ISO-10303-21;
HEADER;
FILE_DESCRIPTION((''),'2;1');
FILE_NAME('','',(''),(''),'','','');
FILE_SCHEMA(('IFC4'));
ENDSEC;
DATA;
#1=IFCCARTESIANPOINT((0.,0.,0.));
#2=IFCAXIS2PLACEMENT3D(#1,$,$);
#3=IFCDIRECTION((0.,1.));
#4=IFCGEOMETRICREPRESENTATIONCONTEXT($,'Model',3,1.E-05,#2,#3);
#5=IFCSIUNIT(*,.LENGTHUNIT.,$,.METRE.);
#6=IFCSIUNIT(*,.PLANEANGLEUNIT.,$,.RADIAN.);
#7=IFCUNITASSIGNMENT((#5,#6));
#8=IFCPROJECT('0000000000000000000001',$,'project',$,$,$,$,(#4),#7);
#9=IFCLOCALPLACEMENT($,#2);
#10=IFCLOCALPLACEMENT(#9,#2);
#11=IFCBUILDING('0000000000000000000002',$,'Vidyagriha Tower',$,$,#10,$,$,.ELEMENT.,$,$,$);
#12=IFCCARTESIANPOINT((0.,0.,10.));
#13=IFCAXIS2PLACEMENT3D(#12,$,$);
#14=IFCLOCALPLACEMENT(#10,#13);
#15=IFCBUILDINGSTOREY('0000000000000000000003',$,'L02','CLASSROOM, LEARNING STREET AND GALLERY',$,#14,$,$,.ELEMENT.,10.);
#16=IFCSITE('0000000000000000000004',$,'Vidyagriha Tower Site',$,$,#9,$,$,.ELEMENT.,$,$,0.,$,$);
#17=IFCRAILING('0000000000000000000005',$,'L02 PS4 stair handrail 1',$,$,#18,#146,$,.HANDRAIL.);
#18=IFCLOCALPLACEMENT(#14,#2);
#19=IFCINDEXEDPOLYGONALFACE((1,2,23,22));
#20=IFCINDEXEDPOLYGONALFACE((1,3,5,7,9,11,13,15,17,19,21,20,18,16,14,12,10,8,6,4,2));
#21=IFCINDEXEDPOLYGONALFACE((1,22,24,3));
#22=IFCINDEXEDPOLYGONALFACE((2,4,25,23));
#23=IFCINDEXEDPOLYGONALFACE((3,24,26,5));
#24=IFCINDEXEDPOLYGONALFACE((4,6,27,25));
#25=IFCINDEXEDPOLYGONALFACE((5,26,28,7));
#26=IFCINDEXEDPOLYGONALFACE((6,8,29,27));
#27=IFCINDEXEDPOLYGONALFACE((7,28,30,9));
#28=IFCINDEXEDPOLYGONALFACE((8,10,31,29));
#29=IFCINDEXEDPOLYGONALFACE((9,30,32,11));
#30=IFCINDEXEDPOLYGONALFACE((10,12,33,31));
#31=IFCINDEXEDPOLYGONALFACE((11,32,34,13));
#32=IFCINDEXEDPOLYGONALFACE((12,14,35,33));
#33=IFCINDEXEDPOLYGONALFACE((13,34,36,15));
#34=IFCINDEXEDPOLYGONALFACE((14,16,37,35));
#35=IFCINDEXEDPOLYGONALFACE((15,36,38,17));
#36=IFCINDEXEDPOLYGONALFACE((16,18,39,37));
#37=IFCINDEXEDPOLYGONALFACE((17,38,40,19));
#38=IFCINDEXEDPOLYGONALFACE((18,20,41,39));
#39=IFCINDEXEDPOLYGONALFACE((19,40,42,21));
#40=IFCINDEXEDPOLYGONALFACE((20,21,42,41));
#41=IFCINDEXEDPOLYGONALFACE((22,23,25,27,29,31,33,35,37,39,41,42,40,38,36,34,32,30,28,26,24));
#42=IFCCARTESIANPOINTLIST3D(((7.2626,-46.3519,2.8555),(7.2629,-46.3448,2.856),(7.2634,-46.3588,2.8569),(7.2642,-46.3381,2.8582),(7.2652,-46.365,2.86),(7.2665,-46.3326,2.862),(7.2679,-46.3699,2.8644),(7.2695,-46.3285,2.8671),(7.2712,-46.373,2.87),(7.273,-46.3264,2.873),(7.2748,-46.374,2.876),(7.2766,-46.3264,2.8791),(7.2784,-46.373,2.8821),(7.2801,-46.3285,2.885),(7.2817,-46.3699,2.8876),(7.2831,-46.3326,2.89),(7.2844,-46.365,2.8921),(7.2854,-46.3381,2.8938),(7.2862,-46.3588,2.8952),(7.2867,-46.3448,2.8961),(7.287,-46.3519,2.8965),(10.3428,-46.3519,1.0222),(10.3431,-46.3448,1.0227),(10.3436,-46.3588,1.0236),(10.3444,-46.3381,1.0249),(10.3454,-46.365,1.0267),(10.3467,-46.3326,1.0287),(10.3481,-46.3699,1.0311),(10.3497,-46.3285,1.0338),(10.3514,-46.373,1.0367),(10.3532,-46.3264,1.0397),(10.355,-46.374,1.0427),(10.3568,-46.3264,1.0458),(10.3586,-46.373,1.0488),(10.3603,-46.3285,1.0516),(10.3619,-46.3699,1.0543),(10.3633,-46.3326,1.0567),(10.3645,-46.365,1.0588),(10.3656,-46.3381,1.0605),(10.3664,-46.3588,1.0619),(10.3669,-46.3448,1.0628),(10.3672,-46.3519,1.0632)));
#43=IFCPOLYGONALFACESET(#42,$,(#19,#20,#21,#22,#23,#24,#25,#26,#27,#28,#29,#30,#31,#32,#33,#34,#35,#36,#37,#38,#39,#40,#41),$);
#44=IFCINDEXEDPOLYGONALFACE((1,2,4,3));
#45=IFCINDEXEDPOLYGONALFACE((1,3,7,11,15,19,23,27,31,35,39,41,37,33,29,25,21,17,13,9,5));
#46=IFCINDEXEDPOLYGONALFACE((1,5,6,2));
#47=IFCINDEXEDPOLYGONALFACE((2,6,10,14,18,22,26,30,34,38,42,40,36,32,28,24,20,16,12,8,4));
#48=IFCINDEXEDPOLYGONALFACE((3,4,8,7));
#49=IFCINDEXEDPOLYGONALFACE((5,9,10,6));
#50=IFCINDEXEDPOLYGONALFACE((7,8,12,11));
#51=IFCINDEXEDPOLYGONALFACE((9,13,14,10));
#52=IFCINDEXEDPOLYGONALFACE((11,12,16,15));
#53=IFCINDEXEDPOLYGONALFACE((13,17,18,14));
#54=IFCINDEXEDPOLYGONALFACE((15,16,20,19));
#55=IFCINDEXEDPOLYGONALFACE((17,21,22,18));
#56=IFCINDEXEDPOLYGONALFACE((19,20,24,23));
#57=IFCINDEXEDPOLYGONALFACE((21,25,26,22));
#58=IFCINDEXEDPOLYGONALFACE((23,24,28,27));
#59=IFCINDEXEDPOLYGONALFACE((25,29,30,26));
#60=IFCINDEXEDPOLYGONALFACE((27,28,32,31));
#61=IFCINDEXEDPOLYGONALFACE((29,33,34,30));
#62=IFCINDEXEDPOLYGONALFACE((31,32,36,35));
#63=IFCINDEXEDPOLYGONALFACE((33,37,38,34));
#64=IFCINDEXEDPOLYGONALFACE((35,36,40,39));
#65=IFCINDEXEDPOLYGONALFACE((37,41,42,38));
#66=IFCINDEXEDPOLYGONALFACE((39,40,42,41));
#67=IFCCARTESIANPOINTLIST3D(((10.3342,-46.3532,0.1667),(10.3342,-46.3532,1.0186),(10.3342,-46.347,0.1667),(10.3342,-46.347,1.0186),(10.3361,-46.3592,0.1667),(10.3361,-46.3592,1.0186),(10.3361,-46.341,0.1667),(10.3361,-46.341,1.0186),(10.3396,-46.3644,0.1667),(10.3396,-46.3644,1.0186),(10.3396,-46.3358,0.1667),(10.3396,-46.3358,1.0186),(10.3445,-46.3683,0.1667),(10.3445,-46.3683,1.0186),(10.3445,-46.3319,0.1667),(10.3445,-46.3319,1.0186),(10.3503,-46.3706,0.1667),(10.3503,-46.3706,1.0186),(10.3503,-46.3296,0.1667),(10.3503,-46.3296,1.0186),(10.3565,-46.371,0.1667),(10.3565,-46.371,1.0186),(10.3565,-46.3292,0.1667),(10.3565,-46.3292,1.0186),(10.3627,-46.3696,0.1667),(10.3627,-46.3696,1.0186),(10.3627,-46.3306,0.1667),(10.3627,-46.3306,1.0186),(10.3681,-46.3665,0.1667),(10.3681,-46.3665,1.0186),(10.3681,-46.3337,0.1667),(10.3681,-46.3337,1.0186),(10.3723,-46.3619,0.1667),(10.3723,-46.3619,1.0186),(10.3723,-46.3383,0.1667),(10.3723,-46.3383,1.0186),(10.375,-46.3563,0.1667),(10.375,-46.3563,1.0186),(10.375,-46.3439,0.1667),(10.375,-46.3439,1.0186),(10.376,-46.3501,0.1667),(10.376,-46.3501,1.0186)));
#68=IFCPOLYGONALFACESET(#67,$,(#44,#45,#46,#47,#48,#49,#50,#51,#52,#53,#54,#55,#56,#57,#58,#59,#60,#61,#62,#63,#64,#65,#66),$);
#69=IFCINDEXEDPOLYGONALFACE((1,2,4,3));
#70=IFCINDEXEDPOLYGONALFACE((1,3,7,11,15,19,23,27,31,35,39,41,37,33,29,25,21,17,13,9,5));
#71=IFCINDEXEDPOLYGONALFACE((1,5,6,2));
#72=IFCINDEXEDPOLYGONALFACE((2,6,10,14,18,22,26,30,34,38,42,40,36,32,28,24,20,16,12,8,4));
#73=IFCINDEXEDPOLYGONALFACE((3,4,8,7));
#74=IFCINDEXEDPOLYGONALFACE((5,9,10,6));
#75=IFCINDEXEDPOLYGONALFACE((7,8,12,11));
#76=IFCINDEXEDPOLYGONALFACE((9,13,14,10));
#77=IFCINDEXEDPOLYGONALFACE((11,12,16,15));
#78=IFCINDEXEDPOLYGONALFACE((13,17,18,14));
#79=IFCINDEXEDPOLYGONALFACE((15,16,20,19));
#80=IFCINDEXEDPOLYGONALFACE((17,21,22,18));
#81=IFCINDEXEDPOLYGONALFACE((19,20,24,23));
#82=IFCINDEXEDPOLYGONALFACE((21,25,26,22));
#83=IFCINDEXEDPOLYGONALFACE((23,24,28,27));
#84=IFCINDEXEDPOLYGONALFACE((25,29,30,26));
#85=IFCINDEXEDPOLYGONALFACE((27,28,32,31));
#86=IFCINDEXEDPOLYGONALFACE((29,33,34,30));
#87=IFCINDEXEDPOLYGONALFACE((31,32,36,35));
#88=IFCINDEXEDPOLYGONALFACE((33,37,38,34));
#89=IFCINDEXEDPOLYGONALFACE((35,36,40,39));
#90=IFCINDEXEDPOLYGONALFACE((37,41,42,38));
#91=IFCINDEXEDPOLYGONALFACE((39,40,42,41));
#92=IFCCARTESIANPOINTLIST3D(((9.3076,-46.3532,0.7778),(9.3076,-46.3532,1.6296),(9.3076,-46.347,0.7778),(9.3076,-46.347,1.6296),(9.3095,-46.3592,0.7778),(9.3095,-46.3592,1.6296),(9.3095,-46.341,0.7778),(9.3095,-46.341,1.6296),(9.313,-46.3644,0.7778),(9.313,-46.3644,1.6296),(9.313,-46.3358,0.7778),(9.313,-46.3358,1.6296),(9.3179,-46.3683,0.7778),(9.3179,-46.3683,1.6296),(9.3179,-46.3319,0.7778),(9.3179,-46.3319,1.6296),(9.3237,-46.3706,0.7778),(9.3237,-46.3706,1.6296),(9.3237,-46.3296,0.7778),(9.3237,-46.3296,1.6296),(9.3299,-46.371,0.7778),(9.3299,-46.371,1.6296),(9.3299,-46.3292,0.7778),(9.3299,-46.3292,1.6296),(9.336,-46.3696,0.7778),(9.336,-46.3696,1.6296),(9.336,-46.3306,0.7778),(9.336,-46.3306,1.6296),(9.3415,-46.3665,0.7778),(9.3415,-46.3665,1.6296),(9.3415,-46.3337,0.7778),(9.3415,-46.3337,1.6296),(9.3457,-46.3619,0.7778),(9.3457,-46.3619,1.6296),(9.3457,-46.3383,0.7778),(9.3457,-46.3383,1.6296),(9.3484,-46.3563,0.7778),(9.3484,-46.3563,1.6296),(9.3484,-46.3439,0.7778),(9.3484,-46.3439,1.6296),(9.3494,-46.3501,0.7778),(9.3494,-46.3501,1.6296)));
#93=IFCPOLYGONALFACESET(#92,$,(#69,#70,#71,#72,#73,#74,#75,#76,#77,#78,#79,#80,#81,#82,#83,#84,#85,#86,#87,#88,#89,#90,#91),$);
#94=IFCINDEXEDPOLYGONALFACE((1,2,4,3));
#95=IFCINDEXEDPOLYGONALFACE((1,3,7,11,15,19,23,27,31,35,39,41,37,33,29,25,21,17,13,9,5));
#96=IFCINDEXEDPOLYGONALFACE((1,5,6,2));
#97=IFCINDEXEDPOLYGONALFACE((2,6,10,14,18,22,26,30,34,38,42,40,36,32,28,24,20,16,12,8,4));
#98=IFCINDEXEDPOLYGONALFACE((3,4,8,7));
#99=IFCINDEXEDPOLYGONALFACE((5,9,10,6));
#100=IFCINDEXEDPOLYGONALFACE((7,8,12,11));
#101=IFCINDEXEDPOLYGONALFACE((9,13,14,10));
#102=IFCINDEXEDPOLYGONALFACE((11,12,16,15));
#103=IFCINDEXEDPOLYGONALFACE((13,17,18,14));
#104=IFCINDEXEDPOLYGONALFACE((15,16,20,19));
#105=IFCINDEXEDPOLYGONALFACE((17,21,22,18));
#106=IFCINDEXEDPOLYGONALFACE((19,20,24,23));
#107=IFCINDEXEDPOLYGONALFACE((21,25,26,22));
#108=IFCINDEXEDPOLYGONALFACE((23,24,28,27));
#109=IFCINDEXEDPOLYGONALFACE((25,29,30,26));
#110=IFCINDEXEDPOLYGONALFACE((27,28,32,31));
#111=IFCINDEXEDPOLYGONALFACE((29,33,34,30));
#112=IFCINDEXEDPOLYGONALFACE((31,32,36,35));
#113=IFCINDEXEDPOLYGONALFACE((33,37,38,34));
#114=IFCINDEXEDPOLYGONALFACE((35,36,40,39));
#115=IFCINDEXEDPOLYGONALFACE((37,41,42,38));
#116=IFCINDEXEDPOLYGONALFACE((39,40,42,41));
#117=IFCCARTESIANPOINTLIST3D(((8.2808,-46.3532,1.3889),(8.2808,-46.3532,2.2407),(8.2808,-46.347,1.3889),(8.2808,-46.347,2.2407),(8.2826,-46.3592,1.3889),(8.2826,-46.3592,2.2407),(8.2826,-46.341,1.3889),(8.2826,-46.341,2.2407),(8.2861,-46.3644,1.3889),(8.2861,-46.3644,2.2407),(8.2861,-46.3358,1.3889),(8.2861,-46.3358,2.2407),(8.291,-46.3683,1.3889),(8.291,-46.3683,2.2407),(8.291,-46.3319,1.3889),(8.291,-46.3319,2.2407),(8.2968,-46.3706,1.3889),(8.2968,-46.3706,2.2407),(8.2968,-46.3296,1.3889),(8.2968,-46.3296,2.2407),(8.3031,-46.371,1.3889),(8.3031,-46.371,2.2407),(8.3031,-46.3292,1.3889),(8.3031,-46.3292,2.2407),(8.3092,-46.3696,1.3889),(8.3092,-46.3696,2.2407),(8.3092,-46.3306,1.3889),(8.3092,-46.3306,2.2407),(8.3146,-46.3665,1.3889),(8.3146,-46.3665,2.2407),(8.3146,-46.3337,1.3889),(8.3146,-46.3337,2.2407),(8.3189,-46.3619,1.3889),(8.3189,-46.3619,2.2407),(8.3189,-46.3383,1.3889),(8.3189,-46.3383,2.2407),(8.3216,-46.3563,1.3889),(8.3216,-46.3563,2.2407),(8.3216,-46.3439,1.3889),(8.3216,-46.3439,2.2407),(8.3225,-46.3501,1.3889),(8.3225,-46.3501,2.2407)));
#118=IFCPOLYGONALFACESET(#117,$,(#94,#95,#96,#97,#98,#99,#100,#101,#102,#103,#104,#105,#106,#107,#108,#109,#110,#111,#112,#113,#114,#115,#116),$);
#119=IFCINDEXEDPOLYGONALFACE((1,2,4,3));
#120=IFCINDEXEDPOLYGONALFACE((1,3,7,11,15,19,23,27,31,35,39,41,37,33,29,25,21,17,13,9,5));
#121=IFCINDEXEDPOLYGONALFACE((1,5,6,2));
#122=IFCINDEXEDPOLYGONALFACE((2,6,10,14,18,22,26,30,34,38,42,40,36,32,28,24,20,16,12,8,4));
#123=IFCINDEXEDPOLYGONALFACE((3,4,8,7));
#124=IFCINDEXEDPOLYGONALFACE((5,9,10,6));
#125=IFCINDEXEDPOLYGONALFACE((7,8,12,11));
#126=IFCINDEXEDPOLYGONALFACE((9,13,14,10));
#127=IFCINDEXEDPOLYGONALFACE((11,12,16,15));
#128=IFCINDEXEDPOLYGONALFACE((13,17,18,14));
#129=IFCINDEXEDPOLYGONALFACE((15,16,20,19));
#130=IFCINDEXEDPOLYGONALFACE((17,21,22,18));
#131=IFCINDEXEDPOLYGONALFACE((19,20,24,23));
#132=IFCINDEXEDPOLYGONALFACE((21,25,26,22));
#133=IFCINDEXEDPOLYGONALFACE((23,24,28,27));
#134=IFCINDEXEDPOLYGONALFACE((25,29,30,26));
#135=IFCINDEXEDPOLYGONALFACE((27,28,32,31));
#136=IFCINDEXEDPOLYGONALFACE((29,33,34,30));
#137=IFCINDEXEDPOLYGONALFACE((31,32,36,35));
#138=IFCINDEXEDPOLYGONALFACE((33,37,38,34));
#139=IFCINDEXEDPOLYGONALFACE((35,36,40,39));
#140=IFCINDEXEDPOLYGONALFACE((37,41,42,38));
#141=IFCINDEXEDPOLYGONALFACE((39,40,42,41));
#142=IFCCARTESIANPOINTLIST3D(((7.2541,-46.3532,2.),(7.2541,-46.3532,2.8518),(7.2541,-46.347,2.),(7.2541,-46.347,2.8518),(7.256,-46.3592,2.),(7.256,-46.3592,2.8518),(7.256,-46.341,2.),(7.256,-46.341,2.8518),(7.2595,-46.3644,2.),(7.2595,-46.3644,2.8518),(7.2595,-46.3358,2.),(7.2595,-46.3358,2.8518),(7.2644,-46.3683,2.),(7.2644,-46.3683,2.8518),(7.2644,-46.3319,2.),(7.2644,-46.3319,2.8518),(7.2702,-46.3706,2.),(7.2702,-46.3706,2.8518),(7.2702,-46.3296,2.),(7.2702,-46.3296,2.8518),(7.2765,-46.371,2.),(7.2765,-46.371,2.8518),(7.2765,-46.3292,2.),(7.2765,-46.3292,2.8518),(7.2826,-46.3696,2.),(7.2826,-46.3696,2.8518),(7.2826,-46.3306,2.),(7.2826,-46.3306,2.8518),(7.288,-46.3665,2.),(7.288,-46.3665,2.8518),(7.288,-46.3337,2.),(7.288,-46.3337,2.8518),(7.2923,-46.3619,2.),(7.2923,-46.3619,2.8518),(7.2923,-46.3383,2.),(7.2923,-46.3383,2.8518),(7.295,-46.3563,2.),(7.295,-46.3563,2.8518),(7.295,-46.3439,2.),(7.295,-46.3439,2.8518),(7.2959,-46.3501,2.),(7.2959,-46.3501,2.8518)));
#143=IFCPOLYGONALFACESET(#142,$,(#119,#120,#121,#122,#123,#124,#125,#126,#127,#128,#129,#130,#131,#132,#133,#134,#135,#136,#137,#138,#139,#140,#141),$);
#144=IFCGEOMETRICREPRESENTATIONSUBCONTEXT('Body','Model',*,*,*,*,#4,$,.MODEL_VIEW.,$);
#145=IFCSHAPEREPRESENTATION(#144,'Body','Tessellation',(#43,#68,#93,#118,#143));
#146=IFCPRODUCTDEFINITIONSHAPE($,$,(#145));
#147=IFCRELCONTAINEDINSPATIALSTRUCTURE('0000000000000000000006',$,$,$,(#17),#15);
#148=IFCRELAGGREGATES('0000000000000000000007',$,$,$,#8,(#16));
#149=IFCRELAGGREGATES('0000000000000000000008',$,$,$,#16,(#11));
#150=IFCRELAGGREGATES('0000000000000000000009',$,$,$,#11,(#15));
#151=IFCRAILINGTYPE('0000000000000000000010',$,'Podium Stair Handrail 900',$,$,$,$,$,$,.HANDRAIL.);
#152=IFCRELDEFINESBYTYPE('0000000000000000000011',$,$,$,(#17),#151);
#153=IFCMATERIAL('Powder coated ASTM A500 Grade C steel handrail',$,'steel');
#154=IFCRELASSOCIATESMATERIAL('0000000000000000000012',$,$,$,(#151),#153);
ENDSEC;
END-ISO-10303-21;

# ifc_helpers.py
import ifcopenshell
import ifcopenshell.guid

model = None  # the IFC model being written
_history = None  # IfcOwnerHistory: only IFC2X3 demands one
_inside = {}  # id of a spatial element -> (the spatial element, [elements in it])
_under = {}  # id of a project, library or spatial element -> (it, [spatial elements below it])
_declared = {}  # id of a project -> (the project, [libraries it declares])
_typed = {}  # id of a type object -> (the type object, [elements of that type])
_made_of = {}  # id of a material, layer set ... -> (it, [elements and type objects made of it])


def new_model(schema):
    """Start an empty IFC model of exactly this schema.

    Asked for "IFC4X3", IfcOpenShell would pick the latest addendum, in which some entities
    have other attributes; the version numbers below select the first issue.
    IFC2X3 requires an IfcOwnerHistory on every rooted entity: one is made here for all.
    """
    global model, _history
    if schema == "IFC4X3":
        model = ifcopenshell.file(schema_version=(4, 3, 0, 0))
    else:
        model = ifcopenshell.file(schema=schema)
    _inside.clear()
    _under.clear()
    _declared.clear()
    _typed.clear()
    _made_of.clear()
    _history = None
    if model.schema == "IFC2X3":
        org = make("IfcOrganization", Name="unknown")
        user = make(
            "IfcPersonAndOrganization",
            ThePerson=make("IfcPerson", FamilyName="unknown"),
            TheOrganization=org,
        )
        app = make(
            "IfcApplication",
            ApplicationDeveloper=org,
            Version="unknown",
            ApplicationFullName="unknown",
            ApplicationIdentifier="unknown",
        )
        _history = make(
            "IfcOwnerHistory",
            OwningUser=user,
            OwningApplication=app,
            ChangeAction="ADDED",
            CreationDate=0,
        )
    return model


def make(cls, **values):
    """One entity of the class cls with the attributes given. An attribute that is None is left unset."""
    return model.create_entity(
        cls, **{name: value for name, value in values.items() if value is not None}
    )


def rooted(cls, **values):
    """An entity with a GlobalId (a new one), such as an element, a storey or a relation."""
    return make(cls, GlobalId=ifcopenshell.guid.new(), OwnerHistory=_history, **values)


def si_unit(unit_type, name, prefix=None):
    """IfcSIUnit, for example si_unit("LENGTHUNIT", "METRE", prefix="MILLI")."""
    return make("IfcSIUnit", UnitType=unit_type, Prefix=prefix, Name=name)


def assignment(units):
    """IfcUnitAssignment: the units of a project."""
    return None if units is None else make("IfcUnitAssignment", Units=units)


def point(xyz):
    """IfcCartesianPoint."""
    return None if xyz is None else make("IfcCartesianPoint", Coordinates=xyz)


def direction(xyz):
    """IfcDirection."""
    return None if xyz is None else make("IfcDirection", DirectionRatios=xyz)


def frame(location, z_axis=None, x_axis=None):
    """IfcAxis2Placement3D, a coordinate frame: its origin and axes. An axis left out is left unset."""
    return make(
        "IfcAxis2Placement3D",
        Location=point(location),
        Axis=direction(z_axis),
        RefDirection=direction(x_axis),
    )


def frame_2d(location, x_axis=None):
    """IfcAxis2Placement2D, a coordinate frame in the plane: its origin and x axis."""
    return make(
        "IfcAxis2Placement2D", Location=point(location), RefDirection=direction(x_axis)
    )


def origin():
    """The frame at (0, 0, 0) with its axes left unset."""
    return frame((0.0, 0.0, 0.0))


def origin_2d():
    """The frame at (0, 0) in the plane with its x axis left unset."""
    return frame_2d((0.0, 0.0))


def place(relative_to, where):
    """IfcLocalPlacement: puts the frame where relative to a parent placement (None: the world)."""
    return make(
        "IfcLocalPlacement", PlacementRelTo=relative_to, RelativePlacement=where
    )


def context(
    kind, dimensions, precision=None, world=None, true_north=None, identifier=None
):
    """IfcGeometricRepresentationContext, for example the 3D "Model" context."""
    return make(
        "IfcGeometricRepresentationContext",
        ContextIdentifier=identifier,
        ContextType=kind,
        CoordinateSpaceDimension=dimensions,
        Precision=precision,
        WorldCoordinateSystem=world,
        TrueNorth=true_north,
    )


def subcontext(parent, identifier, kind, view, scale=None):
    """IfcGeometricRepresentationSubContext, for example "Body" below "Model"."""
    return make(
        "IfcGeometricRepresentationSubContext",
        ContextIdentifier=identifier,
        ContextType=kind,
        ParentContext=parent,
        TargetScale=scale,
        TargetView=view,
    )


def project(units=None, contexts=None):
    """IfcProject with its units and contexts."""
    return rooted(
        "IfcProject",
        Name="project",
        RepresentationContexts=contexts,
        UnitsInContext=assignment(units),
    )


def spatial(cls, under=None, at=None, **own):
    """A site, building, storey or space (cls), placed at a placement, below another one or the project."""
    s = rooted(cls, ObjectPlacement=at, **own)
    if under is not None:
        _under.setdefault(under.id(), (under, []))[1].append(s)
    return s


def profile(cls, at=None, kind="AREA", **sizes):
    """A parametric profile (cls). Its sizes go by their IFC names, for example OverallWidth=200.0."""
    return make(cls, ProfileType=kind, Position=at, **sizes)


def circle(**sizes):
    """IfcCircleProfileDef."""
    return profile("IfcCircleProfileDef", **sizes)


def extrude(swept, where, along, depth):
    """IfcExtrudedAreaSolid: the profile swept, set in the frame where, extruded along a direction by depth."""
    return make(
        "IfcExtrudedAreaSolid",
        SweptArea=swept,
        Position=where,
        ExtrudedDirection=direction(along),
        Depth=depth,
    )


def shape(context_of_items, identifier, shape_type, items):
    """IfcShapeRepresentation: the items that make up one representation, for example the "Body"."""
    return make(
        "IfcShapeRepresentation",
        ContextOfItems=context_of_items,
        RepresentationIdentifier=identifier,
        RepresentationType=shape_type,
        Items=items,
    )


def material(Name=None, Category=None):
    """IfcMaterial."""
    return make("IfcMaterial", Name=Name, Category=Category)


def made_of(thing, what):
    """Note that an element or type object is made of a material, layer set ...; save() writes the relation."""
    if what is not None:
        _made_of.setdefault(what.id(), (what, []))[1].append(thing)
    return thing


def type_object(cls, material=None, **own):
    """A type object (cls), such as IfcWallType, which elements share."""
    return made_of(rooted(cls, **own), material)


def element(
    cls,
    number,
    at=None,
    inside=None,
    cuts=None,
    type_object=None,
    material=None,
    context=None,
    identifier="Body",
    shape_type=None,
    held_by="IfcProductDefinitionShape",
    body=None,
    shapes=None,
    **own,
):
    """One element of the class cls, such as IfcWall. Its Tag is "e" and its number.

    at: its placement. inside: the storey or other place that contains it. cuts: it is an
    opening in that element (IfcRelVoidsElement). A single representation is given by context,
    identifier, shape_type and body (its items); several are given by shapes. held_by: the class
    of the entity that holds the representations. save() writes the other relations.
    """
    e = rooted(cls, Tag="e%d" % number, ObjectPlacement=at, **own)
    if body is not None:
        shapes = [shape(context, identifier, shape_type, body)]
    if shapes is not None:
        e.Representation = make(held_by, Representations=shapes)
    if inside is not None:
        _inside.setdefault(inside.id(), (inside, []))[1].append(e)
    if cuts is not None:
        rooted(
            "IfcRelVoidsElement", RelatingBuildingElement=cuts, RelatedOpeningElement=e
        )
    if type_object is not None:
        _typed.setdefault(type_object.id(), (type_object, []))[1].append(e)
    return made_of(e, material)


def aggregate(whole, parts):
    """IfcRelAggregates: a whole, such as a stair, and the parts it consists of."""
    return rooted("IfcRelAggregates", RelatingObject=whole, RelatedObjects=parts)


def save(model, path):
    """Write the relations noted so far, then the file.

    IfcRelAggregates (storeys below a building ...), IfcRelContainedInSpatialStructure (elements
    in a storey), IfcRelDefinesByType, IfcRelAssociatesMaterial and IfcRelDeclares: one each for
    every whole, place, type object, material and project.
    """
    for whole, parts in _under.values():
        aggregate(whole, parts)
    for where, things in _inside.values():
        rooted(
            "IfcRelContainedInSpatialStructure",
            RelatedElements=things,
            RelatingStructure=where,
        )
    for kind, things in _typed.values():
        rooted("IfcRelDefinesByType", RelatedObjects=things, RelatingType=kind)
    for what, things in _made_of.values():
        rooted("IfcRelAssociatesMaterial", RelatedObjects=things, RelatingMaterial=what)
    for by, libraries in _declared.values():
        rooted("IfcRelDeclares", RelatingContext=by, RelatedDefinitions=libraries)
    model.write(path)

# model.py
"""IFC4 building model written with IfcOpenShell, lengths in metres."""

from ifc_helpers import new_model, si_unit, direction, frame, origin, origin_2d, place, context, subcontext, project, spatial, circle, extrude, material, type_object, element, save


model = new_model("IFC4")

# Units and contexts
model_context = context("Model", 3, precision=1e-05, world=origin(), true_north=direction((0.0, 1.0)))
body_context = subcontext(model_context, "Body", "Model", "MODEL_VIEW")
ifc_project = project(units=[si_unit("LENGTHUNIT", "METRE"), si_unit("PLANEANGLEUNIT", "RADIAN")], contexts=[model_context])

# Site, building, storey
site_placement = place(None, origin())
site = spatial("IfcSite", under=ifc_project, at=site_placement, Name="Vidyagriha Tower Site", CompositionType="ELEMENT", RefElevation=0.0)
building_placement = place(site_placement, origin())
building = spatial("IfcBuilding", under=site, at=building_placement, Name="Vidyagriha Tower", CompositionType="ELEMENT")
storey_placement = place(building_placement, frame((0.0, 0.0, 10.0)))
storey = spatial("IfcBuildingStorey", under=building, at=storey_placement, Name="L02", Description="CLASSROOM, LEARNING STREET AND GALLERY", CompositionType="ELEMENT", Elevation=10.0)

# Railing
ifc_material_1 = material(Name="Powder coated ASTM A500 Grade C steel handrail", Category="steel")
railing_type_1 = type_object("IfcRailingType", Name="Podium Stair Handrail 900", PredefinedType="HANDRAIL", material=ifc_material_1)
railing_1_placement = place(storey_placement, frame((10.355, -46.3501, 0.1667)))
element("IfcRailing", 1, at=railing_1_placement, inside=storey, type_object=railing_type_1, Name="L02 PS4 stair handrail 1", PredefinedType="HANDRAIL", context=body_context, shape_type="SweptSolid", body=[
    extrude(circle(Radius=0.0239, at=origin_2d()), frame((0.0, 0.0, 0.876), z_axis=(-0.859309, 0.0, 0.511458), x_axis=(0.0, -1.0, 0.0)), (0.0, 0.0, 1.0), 3.5845),
    extrude(circle(Radius=0.021, at=origin_2d()), origin(), (0.0, 0.0, 1.0), 0.8518),
    extrude(circle(Radius=0.021, at=origin_2d()), frame((-1.0266, 0.0, 0.6111)), (0.0, 0.0, 1.0), 0.8518),
    extrude(circle(Radius=0.021, at=origin_2d()), frame((-2.0535, 0.0, 1.2222)), (0.0, 0.0, 1.0), 0.8518),
    extrude(circle(Radius=0.021, at=origin_2d()), frame((-3.0801, 0.0, 1.8333)), (0.0, 0.0, 1.0), 0.8518),
])

save(model, "model.ifc")
